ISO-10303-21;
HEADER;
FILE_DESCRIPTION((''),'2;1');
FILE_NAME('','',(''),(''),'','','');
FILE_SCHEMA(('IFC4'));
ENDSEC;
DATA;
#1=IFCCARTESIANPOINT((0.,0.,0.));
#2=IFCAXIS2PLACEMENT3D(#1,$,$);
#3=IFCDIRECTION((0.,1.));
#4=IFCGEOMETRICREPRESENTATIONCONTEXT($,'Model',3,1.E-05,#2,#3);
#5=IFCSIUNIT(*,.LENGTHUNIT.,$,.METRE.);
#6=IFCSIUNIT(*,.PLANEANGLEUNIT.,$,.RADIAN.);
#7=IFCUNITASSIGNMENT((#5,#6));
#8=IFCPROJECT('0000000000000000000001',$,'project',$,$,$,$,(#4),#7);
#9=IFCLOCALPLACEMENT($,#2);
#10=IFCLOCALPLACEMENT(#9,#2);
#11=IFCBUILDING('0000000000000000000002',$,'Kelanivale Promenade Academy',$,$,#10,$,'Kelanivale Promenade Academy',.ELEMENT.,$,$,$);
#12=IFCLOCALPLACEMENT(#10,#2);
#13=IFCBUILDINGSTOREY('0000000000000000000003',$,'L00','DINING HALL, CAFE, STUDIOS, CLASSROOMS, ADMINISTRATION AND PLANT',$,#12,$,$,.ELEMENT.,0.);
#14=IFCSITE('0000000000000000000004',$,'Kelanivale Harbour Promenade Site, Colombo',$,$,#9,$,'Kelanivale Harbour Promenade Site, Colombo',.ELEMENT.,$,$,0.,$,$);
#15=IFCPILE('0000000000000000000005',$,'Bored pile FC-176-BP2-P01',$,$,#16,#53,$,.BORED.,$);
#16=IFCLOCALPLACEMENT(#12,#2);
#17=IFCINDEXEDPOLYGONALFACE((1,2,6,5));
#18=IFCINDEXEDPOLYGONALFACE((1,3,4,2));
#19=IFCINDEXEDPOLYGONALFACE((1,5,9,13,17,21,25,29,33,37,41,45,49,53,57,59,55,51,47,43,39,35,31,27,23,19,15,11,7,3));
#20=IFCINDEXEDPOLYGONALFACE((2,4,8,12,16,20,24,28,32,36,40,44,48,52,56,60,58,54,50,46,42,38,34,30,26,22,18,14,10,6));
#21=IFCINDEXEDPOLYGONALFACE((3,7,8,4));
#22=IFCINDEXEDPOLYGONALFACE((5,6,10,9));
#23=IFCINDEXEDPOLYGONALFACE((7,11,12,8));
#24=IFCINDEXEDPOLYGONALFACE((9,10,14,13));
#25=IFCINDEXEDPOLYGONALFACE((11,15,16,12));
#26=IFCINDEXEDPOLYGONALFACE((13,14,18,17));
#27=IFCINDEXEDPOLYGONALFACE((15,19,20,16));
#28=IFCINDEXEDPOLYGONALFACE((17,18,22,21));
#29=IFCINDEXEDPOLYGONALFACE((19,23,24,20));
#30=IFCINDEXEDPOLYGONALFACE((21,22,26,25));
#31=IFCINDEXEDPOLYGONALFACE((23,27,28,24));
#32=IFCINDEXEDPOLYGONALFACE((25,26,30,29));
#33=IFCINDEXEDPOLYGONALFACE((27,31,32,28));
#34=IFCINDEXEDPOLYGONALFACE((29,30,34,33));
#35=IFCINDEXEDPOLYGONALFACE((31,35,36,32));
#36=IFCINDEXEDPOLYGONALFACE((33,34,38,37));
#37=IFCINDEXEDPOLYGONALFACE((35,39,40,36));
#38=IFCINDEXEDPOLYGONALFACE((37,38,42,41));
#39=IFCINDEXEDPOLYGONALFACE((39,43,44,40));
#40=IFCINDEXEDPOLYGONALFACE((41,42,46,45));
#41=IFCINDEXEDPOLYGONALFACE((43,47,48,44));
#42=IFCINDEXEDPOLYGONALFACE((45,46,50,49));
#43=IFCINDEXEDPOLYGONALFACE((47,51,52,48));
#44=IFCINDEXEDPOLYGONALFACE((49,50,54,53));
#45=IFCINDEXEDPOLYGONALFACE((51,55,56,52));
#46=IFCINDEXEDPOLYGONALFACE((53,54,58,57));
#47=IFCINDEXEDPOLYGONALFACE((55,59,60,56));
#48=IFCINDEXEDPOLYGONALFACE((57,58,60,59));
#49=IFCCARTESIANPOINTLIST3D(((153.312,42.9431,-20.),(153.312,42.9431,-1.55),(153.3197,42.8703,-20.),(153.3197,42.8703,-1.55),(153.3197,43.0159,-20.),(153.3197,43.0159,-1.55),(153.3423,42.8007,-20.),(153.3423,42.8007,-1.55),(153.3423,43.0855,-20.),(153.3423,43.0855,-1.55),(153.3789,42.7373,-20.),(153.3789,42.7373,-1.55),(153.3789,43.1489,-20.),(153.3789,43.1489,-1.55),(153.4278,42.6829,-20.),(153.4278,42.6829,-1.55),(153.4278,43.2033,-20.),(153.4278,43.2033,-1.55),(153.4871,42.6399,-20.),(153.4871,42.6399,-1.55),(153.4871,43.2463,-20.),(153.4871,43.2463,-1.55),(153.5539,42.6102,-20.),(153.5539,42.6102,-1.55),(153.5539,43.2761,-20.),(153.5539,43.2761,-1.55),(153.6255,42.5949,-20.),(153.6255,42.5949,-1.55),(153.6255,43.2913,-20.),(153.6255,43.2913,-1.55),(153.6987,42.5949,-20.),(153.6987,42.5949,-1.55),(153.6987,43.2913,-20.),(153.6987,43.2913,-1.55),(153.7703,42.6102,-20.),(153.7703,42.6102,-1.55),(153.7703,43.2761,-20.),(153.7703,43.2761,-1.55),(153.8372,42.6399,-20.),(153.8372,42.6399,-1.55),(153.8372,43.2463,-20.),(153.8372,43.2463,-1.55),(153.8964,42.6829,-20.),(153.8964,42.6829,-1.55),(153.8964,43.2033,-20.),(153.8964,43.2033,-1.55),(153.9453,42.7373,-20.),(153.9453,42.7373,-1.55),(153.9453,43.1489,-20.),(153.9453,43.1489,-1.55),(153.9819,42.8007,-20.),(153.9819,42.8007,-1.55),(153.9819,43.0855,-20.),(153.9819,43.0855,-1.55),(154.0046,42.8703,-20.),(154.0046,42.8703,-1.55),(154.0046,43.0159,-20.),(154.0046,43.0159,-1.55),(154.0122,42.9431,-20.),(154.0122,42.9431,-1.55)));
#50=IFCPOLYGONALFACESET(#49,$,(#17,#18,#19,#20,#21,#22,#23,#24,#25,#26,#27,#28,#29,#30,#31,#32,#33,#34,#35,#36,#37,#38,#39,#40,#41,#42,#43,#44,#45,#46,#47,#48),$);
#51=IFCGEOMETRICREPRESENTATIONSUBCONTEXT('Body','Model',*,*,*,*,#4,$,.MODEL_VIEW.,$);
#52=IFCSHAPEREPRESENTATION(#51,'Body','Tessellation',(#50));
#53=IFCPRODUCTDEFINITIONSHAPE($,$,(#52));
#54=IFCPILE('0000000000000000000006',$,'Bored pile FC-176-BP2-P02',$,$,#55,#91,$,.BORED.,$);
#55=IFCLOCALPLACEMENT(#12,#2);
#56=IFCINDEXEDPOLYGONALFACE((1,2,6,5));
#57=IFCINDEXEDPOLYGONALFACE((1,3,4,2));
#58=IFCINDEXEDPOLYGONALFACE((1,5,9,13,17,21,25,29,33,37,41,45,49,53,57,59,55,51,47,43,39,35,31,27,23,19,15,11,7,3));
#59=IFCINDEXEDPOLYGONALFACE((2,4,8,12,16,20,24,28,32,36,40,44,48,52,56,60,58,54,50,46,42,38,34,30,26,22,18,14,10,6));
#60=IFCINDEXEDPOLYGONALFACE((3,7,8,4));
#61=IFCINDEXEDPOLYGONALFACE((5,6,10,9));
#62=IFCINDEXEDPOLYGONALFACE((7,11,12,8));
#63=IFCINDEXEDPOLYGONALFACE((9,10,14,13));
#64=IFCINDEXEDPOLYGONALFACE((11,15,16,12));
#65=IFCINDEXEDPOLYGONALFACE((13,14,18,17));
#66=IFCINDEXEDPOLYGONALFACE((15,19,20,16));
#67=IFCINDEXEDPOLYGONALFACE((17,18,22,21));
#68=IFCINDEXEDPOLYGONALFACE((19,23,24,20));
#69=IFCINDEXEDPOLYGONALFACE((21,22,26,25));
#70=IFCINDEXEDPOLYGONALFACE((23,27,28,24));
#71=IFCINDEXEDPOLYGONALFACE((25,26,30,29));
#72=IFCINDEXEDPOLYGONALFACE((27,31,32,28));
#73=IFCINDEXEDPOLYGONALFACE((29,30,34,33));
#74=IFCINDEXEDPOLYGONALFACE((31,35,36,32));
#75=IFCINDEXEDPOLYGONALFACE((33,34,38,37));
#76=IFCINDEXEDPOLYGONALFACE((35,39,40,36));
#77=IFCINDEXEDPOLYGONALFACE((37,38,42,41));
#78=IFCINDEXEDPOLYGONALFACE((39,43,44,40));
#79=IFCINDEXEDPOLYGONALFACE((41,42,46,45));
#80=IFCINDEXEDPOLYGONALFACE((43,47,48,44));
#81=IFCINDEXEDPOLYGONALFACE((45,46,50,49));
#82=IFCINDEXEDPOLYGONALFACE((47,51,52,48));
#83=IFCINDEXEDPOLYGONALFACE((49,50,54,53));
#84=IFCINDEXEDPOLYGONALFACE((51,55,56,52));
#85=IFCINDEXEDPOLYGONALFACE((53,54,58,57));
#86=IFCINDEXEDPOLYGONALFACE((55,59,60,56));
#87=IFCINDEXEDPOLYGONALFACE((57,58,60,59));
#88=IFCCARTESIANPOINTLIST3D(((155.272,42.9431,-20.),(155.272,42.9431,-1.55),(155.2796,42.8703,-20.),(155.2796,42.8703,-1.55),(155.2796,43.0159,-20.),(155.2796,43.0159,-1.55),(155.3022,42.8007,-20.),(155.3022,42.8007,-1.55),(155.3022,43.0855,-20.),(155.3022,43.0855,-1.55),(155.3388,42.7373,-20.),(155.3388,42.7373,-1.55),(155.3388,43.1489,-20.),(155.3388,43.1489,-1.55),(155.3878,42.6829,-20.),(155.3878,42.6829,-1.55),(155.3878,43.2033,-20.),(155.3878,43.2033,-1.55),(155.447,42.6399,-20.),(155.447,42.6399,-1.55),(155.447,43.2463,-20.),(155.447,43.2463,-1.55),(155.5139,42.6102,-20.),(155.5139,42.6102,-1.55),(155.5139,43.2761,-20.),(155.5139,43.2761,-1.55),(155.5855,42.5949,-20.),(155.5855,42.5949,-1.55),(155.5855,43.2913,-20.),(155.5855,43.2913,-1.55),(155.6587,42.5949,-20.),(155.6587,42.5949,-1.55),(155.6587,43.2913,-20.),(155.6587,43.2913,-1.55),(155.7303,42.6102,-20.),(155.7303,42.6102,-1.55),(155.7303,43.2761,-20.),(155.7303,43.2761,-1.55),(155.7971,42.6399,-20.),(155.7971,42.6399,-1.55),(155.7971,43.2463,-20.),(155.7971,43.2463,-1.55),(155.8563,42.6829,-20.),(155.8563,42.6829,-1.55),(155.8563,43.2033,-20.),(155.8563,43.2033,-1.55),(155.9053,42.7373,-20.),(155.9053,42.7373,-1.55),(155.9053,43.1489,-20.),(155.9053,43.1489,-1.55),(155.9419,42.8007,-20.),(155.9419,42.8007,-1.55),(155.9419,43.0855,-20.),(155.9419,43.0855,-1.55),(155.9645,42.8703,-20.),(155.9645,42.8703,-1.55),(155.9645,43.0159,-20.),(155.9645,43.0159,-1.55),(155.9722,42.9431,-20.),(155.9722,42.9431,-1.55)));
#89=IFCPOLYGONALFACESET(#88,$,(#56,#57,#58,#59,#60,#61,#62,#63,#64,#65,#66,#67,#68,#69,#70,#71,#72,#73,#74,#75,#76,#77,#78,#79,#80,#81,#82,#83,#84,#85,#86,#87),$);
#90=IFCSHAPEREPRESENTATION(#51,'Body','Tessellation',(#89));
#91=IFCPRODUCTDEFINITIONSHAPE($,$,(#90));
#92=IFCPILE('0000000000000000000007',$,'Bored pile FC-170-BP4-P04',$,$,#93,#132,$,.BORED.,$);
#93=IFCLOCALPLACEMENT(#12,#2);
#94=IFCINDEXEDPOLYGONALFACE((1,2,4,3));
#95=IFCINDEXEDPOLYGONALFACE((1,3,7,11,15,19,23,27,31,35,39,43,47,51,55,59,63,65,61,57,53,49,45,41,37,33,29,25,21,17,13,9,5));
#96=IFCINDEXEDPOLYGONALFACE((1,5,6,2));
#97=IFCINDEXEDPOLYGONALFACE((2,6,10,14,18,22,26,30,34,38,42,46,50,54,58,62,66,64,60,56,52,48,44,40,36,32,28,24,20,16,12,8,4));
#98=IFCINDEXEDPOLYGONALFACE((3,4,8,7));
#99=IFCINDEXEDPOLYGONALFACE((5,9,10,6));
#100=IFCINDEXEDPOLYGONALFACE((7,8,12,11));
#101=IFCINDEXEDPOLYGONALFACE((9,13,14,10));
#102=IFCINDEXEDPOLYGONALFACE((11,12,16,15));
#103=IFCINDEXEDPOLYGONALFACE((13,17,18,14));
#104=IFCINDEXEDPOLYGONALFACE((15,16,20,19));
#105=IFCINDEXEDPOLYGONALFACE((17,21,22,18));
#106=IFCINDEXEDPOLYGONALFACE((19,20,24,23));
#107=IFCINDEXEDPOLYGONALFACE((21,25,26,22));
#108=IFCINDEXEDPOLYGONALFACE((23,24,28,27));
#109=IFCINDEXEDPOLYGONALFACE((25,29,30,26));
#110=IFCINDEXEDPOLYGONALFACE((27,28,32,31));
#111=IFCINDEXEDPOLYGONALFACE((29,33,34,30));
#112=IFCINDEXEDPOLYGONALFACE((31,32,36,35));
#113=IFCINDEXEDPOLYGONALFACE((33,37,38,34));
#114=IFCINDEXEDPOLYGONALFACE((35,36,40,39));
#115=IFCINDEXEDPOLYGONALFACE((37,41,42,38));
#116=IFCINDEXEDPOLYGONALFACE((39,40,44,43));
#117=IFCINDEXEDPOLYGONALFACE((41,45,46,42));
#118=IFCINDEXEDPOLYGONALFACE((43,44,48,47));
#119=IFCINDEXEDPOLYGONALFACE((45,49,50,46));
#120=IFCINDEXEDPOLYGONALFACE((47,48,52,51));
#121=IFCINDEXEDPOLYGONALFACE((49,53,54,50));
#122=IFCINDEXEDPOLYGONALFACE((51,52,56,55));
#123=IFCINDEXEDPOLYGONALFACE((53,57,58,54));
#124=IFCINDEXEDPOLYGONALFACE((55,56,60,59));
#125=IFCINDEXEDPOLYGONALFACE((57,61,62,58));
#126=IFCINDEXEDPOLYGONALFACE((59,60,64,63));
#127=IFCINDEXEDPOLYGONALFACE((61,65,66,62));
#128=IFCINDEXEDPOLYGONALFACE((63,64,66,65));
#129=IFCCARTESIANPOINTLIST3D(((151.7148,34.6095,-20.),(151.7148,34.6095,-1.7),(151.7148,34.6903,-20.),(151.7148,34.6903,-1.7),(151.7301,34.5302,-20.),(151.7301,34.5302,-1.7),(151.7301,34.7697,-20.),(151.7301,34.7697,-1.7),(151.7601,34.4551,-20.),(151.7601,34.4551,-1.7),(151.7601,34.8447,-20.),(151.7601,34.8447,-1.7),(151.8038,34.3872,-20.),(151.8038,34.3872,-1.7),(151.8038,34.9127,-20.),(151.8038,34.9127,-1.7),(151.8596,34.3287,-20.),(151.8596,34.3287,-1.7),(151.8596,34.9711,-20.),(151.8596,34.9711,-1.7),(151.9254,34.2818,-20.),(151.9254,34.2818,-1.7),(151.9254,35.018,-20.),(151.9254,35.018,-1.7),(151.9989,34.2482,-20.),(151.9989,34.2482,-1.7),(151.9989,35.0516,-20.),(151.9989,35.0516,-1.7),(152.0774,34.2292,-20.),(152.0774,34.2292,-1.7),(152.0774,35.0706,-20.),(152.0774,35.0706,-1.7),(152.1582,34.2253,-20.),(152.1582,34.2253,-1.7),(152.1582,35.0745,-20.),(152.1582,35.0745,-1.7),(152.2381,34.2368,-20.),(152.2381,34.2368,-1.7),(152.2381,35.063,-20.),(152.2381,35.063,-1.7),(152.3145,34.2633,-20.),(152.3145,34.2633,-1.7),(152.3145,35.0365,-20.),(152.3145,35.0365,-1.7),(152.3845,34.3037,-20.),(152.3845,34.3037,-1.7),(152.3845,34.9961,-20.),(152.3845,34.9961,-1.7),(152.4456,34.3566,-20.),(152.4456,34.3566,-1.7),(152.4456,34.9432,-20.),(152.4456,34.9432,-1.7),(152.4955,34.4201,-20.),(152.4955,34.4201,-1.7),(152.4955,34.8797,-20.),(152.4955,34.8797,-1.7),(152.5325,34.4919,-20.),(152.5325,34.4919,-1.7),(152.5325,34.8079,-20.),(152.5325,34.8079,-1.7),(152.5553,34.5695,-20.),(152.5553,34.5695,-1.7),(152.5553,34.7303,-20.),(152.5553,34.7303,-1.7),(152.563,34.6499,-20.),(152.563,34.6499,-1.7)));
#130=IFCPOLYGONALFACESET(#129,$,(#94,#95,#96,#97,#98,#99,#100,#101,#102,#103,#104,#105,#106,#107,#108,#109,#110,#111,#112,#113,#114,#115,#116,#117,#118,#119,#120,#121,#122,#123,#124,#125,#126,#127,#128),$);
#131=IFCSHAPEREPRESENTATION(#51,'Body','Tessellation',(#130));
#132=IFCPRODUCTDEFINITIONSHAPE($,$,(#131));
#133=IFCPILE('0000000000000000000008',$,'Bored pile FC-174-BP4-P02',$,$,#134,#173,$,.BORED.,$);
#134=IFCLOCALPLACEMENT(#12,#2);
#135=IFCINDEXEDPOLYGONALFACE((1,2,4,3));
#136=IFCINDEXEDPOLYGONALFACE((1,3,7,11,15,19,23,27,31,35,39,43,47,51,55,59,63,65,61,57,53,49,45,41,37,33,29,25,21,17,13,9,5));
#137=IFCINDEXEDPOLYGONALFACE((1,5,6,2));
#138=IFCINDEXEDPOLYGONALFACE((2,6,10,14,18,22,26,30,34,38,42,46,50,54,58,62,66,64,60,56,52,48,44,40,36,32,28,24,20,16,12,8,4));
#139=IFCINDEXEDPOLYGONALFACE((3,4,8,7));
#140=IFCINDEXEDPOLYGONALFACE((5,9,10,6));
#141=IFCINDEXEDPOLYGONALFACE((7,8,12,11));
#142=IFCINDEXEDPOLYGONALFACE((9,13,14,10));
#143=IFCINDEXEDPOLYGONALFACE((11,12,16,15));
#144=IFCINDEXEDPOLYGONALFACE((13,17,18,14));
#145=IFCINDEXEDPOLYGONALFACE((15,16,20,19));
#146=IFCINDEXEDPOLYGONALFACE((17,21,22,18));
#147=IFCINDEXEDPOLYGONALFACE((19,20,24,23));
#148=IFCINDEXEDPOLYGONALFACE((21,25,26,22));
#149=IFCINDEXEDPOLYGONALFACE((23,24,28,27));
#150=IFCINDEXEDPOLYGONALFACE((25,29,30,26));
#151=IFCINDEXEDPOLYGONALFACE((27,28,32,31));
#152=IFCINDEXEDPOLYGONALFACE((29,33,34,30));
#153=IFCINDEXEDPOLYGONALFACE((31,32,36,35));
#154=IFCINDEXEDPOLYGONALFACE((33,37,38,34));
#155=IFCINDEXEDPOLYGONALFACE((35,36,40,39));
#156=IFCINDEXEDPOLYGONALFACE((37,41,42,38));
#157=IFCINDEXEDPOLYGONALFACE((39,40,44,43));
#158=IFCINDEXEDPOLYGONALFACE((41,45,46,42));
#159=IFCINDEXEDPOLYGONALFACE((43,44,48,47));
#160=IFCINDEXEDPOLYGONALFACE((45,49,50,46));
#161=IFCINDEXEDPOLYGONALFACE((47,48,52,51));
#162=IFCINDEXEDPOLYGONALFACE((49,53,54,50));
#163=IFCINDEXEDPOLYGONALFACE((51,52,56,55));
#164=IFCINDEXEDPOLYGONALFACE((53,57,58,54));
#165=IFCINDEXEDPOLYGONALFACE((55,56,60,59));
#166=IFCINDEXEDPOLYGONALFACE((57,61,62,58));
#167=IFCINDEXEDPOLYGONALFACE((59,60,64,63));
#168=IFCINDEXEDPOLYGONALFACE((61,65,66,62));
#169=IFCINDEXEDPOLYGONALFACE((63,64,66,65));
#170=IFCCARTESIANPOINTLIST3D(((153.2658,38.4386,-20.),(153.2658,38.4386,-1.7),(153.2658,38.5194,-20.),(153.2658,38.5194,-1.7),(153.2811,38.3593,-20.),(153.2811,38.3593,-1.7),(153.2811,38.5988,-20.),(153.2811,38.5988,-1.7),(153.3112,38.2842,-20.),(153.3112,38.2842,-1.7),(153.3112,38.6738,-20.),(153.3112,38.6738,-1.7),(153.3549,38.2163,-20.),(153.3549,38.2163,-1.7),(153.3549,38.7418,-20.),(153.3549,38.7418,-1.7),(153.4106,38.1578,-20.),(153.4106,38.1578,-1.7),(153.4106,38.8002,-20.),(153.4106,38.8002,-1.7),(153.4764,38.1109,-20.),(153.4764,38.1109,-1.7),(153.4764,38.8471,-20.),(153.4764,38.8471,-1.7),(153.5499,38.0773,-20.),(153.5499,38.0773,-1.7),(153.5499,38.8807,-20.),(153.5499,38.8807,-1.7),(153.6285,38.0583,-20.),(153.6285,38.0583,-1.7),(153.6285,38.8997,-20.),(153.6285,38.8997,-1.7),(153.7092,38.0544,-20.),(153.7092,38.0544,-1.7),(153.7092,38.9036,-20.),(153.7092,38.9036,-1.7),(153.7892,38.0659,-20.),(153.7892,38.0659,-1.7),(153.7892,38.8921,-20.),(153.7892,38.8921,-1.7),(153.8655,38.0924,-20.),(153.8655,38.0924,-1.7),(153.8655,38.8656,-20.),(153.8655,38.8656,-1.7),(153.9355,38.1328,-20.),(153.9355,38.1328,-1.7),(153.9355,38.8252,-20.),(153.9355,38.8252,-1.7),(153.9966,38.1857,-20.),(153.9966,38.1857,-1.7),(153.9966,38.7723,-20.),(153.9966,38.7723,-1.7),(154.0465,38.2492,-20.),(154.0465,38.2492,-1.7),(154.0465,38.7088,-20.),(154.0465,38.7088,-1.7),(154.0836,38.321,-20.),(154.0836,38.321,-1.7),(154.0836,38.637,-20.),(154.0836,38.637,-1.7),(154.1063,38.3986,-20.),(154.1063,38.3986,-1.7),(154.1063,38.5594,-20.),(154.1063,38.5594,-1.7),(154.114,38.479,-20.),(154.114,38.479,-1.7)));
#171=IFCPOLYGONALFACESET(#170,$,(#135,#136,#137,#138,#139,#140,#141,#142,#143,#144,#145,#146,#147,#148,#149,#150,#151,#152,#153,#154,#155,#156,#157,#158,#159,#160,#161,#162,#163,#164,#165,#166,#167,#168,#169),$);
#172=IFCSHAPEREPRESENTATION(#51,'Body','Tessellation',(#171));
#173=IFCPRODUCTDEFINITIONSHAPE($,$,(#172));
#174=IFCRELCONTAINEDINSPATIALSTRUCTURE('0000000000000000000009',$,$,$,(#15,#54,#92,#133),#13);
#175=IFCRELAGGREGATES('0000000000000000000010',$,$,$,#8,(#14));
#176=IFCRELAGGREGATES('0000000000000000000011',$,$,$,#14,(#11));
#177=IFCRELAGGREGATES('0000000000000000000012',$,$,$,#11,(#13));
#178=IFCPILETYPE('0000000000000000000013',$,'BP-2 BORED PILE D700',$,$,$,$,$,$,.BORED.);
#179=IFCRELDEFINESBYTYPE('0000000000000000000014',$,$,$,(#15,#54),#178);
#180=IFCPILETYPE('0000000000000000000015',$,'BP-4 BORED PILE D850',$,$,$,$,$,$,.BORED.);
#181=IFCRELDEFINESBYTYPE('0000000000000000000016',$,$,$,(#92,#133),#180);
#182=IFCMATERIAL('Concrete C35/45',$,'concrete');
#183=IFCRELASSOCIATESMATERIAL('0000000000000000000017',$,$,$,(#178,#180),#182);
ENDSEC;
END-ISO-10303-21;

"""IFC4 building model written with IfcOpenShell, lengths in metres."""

from ifc_helpers import new_model, si_unit, direction, frame, origin, origin_2d, place, context, subcontext, project, spatial, circle, extrude, material, material_profile, profile_set, type_object, element, save


model = new_model("IFC4")

# Units and contexts
model_context = context("Model", 3, precision=1e-05, world=origin(), true_north=direction((0.0, 1.0)))
body_context = subcontext(model_context, "Body", "Model", "MODEL_VIEW")
ifc_project = project(units=[si_unit("LENGTHUNIT", "METRE"), si_unit("PLANEANGLEUNIT", "RADIAN")], contexts=[model_context])

# Site, building, storey
site_placement = place(None, origin())
site = spatial("IfcSite", under=ifc_project, at=site_placement, Name="Kelanivale Harbour Promenade Site, Colombo", LongName="Kelanivale Harbour Promenade Site, Colombo", CompositionType="ELEMENT", RefElevation=0.0)
building_placement = place(site_placement, origin())
building = spatial("IfcBuilding", under=site, at=building_placement, Name="Kelanivale Promenade Academy", LongName="Kelanivale Promenade Academy", CompositionType="ELEMENT")
storey_placement = place(building_placement, origin())
storey = spatial("IfcBuildingStorey", under=building, at=storey_placement, Name="L00", Description="DINING HALL, CAFE, STUDIOS, CLASSROOMS, ADMINISTRATION AND PLANT", CompositionType="ELEMENT", Elevation=0.0)

# Piles
ifc_material_1 = material(Name="Concrete C35/45", Category="concrete")
ifc_material_profile_1 = material_profile(ifc_material_1, circle(Radius=0.3501, at=origin_2d()), Name="BORED PILE D700")
ifc_profile_set_1 = profile_set([ifc_material_profile_1], Name="Concrete C35/45")
pile_type_1 = type_object("IfcPileType", Name="BP-2 BORED PILE D700", PredefinedType="BORED", material=ifc_profile_set_1)
for number, where, z_axis, x_axis, name in (
    (1, (153.6621, 42.9431, -1.55), (0.0, 0.0, -1.0), (1.0, 0.0, 0.0), "Bored pile FC-176-BP2-P01"),
    (2, (155.6221, 42.9431, -1.55), (0.0, 0.0, -1.0), (1.0, 0.0, 0.0), "Bored pile FC-176-BP2-P02"),
):
    element("IfcPile", number, at=place(storey_placement, frame(where, z_axis=z_axis, x_axis=x_axis)), inside=storey, type_object=pile_type_1, Name=name, PredefinedType="BORED", context=body_context, shape_type="SweptSolid", body=[
        extrude(circle(Radius=0.3501, at=origin_2d()), origin(), (0.0, 0.0, 1.0), 18.45),
    ])
ifc_material_profile_2 = material_profile(ifc_material_1, circle(Radius=0.425, at=origin_2d()), Name="BORED PILE D850")
ifc_profile_set_2 = profile_set([ifc_material_profile_2], Name="Concrete C35/45")
pile_type_2 = type_object("IfcPileType", Name="BP-4 BORED PILE D850", PredefinedType="BORED", material=ifc_profile_set_2)
for number, where, z_axis, x_axis, name in (
    (3, (152.1379, 34.6499, -1.7), (0.0, 0.0, -1.0), (1.0, 0.0, 0.0), "Bored pile FC-170-BP4-P04"),
    (4, (153.689, 38.479, -1.7), (0.0, 0.0, -1.0), (1.0, 0.0, 0.0), "Bored pile FC-174-BP4-P02"),
):
    element("IfcPile", number, at=place(storey_placement, frame(where, z_axis=z_axis, x_axis=x_axis)), inside=storey, type_object=pile_type_2, Name=name, PredefinedType="BORED", context=body_context, shape_type="SweptSolid", body=[
        extrude(circle(Radius=0.425, at=origin_2d()), origin(), (0.0, 0.0, 1.0), 18.3),
    ])

save(model, "model.ifc")
